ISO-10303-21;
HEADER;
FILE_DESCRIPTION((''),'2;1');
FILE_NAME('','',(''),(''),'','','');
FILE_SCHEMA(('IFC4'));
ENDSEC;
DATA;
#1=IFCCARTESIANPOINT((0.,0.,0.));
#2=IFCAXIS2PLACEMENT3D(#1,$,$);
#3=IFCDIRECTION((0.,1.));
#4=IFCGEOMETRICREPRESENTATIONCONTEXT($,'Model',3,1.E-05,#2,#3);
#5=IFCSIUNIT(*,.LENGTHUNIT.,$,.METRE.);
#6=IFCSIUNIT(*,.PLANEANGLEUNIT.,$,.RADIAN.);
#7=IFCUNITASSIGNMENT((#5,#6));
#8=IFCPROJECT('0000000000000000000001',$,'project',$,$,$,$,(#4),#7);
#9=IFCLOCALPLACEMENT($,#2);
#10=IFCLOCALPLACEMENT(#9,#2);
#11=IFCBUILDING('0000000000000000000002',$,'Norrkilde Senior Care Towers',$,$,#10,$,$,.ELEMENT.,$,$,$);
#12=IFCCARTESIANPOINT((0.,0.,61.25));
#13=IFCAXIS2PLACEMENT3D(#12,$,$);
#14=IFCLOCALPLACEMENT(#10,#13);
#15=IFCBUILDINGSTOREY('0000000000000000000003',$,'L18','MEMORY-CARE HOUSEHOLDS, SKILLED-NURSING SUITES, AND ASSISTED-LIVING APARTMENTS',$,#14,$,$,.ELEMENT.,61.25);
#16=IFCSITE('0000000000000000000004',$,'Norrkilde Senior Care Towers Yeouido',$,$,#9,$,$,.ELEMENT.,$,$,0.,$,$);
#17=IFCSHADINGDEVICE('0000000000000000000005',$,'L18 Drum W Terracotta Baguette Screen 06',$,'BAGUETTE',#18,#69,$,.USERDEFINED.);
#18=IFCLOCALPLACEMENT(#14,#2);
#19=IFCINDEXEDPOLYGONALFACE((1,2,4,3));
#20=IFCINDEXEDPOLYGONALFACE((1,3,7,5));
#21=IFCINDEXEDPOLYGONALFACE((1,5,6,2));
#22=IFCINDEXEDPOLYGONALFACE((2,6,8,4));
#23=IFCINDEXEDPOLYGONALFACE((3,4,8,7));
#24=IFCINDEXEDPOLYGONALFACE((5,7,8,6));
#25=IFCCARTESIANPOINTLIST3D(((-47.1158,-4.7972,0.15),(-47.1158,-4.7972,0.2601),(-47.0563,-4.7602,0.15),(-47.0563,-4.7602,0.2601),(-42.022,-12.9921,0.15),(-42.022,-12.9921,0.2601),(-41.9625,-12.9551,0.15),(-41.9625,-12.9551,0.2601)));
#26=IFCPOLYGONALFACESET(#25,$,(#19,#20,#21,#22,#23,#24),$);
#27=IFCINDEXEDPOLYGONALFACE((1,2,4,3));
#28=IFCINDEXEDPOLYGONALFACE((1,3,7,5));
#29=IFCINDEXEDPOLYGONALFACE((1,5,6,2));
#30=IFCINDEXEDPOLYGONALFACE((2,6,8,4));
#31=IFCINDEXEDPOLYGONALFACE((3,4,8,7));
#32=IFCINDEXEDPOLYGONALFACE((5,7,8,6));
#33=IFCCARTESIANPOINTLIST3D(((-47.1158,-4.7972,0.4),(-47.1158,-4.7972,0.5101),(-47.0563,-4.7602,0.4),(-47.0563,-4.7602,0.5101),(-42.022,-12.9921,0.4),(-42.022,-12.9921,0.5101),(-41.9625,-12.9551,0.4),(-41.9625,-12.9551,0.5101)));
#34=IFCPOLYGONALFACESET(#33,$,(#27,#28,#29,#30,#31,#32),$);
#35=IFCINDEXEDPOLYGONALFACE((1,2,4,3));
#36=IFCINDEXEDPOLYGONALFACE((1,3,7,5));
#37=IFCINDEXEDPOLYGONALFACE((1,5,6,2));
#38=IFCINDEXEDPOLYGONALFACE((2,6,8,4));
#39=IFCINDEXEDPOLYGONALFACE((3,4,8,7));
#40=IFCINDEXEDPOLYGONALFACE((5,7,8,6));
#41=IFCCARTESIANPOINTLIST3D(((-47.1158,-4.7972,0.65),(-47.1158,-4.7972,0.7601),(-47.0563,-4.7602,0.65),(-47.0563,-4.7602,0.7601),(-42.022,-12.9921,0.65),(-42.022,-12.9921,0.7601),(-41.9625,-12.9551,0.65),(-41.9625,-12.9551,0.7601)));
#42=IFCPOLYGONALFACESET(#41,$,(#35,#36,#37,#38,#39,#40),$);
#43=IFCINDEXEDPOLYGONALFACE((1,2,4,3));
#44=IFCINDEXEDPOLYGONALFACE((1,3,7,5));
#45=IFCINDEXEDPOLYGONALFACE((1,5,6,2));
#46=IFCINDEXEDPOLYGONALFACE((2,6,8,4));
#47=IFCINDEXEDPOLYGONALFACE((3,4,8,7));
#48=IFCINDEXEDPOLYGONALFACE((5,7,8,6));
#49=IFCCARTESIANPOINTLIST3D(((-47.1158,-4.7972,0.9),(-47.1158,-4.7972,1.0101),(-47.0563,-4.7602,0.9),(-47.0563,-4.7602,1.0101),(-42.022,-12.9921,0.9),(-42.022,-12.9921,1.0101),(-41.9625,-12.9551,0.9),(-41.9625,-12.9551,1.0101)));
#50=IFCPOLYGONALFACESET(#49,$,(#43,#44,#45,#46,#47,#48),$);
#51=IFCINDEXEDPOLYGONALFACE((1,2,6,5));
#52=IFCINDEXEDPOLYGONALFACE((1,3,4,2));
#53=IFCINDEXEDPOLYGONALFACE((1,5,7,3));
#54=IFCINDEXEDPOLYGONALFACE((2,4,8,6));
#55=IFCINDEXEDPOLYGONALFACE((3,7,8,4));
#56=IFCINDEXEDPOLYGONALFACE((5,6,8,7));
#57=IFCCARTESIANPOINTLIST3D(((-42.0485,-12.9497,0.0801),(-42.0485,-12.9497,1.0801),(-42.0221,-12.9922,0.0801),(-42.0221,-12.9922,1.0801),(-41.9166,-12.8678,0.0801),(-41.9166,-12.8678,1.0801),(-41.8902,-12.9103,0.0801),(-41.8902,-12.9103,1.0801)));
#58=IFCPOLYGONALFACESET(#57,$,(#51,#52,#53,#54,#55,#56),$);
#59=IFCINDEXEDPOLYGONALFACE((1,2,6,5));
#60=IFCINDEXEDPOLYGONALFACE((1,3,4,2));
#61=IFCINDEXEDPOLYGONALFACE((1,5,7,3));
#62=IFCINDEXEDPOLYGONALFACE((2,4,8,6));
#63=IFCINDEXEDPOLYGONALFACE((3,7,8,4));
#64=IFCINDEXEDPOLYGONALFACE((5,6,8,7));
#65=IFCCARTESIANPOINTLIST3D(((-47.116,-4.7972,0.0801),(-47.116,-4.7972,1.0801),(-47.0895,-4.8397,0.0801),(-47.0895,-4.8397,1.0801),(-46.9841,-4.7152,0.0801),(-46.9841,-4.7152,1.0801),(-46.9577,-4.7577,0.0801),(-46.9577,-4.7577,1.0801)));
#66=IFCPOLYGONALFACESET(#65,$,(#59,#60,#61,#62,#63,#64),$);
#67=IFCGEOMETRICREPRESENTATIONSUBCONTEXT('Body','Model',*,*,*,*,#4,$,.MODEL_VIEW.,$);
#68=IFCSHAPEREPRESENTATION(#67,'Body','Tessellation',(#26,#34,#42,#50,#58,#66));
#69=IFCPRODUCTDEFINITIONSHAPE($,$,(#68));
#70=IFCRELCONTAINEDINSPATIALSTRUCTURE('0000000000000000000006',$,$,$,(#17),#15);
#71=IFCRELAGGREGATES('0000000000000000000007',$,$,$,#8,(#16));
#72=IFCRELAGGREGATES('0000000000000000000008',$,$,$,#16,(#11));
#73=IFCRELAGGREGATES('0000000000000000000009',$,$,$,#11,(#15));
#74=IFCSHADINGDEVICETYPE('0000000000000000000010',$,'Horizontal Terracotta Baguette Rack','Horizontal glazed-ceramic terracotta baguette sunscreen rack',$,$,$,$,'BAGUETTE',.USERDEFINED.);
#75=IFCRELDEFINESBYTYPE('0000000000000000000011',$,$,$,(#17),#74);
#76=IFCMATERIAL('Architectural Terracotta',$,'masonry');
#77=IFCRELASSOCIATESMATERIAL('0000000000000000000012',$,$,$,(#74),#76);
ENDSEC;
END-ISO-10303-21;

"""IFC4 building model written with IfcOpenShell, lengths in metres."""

from ifc_helpers import new_model, si_unit, direction, frame, origin, origin_2d, place, context, subcontext, project, spatial, rectangle, extrude, source, transform, mapped, material, type_object, type_shapes, element, save


model = new_model("IFC4")

# Units and contexts
model_context = context("Model", 3, precision=1e-05, world=origin(), true_north=direction((0.0, 1.0)))
body_context = subcontext(model_context, "Body", "Model", "MODEL_VIEW")
ifc_project = project(units=[si_unit("LENGTHUNIT", "METRE"), si_unit("PLANEANGLEUNIT", "RADIAN")], contexts=[model_context])

# Site, building, storey
site_placement = place(None, origin())
site = spatial("IfcSite", under=ifc_project, at=site_placement, Name="Norrkilde Senior Care Towers Yeouido", CompositionType="ELEMENT", RefElevation=0.0)
building_placement = place(site_placement, origin())
building = spatial("IfcBuilding", under=site, at=building_placement, Name="Norrkilde Senior Care Towers", CompositionType="ELEMENT")
storey_placement = place(building_placement, frame((0.0, 0.0, 61.25)))
storey = spatial("IfcBuildingStorey", under=building, at=storey_placement, Name="L18", Description="MEMORY-CARE HOUSEHOLDS, SKILLED-NURSING SUITES, AND ASSISTED-LIVING APARTMENTS", CompositionType="ELEMENT", Elevation=61.25)

# Shading device
ifc_material_1 = material(Name="Architectural Terracotta", Category="masonry")
shading_device_type = type_object("IfcShadingDeviceType", Name="Horizontal Terracotta Baguette Rack", Description="Horizontal glazed-ceramic terracotta baguette sunscreen rack", ElementType="BAGUETTE", PredefinedType="USERDEFINED", material=ifc_material_1)
shared_shape_1 = source(origin(), body_context, "Body", "SweptSolid", [
    extrude(rectangle(XDim=0.0701, YDim=0.1101, at=origin_2d()), frame((0.0, 0.0901, 0.125), z_axis=(1.0, 0.0, 0.0), x_axis=(0.0, 1.0, 0.0)), (0.0, 0.0, 1.0), 9.6489),
    extrude(rectangle(XDim=0.0701, YDim=0.1101, at=origin_2d()), frame((0.0, 0.0901, 0.375), z_axis=(1.0, 0.0, 0.0), x_axis=(0.0, 1.0, 0.0)), (0.0, 0.0, 1.0), 9.6489),
    extrude(rectangle(XDim=0.0701, YDim=0.1101, at=origin_2d()), frame((0.0, 0.0901, 0.625), z_axis=(1.0, 0.0, 0.0), x_axis=(0.0, 1.0, 0.0)), (0.0, 0.0, 1.0), 9.6489),
    extrude(rectangle(XDim=0.0701, YDim=0.1101, at=origin_2d()), frame((0.0, 0.0901, 0.875), z_axis=(1.0, 0.0, 0.0), x_axis=(0.0, 1.0, 0.0)), (0.0, 0.0, 1.0), 9.6489),
    extrude(rectangle(XDim=0.05, YDim=0.1553, at=origin_2d()), frame((0.0249, 0.0476, 0.0)), (0.0, 0.0, 1.0), 1.0),
    extrude(rectangle(XDim=0.05, YDim=0.1553, at=origin_2d()), frame((9.624, 0.0476, 0.0)), (0.0, 0.0, 1.0), 1.0),
])
type_shapes(shading_device_type, [shared_shape_1])
shading_device_placement = place(storey_placement, frame((-41.9158, -12.926, 0.0801), z_axis=(0.0, 0.0, 1.0), x_axis=(-0.527909, 0.849299, 0.0)))
element("IfcShadingDevice", 1, at=shading_device_placement, inside=storey, type_object=shading_device_type, Name="L18 Drum W Terracotta Baguette Screen 06", ObjectType="BAGUETTE", PredefinedType="USERDEFINED", context=body_context, shape_type="MappedRepresentation", body=[
    mapped(shared_shape_1, transform((0.0, 0.0, 0.0), x_axis=(1.0, 0.0, 0.0), y_axis=(0.0, 1.0, 0.0), z_axis=(0.0, 0.0, 1.0), scale=1.0)),
])

save(model, "model.ifc")
